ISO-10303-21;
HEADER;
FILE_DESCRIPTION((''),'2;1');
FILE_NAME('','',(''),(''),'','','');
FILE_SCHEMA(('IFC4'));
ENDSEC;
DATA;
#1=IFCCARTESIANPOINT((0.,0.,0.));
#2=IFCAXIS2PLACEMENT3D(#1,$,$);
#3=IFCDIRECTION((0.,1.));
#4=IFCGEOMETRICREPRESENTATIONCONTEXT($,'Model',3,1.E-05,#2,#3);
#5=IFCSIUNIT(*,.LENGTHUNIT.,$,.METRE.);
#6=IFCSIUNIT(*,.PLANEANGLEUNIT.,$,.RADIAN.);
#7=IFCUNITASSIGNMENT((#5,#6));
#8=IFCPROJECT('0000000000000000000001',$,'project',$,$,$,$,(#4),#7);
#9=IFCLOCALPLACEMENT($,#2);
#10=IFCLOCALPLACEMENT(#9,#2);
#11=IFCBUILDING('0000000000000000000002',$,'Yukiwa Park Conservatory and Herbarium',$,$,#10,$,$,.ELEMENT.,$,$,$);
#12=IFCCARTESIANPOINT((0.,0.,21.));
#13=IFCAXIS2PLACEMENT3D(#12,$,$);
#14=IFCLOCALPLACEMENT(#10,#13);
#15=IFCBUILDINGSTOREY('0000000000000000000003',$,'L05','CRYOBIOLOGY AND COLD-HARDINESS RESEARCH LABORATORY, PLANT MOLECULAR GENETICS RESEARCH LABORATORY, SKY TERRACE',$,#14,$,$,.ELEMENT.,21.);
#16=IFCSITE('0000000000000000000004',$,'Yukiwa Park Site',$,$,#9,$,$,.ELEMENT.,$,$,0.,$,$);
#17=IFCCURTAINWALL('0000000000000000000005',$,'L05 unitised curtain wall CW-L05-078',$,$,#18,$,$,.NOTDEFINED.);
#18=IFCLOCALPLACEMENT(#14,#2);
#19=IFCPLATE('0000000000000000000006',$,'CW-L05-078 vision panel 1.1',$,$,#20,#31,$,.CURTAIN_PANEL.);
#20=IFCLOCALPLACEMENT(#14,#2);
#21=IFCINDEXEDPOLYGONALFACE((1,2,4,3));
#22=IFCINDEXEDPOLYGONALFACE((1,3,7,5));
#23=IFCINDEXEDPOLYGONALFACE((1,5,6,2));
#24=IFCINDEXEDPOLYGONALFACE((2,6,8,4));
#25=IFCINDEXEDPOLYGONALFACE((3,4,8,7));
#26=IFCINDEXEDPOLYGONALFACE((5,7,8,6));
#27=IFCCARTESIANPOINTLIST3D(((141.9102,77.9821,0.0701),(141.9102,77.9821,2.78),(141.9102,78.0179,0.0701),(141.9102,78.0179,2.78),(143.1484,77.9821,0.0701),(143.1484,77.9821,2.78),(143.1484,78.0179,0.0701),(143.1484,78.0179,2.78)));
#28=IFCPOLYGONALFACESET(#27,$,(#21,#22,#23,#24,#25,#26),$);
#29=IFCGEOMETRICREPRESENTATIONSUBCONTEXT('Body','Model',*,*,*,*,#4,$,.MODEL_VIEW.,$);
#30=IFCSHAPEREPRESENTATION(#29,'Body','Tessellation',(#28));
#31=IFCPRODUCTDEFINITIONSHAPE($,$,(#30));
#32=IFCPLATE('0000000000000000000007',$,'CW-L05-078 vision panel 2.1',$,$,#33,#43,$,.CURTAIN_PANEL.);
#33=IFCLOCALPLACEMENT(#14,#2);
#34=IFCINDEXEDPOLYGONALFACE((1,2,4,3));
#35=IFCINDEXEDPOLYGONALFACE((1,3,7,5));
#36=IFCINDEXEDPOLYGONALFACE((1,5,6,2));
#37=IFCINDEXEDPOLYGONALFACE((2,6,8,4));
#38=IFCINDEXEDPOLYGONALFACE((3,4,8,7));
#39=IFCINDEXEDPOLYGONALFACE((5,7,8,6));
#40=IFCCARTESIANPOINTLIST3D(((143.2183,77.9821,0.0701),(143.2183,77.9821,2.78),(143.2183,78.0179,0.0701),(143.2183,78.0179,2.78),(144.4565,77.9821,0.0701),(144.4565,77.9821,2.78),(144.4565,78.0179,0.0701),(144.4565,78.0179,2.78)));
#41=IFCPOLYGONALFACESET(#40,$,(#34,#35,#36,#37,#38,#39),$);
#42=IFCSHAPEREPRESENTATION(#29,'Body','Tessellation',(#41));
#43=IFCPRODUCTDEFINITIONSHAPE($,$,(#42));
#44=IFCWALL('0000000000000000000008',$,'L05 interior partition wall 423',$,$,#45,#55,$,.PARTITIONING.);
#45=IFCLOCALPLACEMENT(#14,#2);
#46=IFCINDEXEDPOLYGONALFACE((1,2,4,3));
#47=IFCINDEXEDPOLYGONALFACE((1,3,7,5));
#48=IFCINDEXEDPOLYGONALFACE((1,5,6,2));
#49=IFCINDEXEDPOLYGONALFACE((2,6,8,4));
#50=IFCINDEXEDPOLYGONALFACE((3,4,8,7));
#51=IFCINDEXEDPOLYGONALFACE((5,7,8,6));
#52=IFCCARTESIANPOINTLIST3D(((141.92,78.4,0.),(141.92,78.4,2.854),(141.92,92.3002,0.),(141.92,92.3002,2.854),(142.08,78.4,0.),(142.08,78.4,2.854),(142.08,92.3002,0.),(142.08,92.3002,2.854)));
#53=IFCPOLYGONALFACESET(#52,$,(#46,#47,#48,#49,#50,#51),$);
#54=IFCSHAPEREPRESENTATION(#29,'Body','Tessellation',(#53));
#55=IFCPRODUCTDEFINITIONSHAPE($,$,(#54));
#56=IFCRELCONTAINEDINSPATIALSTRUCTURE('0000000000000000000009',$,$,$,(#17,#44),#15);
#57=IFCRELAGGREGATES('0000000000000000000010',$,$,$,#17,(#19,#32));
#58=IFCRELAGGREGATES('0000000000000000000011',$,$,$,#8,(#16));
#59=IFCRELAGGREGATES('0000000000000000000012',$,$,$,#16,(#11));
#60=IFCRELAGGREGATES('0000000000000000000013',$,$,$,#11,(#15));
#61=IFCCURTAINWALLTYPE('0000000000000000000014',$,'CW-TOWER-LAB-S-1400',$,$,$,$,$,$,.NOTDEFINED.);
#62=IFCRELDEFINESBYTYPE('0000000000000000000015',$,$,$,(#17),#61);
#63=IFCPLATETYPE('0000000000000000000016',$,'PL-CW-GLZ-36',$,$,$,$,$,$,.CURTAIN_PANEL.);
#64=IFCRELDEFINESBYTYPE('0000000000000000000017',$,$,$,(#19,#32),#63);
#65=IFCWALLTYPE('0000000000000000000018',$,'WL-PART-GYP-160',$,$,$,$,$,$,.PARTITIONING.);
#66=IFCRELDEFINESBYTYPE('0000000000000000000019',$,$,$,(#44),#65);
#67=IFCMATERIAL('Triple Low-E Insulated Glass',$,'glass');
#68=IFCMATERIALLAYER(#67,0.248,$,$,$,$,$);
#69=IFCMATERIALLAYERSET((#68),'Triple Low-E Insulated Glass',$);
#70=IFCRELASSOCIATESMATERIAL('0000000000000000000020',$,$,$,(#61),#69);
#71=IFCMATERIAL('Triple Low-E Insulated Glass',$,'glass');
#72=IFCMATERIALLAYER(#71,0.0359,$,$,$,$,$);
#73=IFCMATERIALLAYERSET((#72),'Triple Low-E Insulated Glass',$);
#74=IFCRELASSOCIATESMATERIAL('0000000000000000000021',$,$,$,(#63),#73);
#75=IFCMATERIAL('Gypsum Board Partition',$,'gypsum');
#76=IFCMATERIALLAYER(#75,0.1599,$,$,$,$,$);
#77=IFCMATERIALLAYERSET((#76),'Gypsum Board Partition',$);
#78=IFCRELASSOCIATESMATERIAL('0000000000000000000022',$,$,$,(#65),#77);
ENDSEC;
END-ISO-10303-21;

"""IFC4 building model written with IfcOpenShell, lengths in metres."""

from ifc_helpers import new_model, si_unit, direction, frame, frame_2d, origin, origin_2d, place, context, subcontext, project, spatial, rectangle, extrude, material, layer, layer_set, type_object, element, aggregate, save


model = new_model("IFC4")

# Units and contexts
model_context = context("Model", 3, precision=1e-05, world=origin(), true_north=direction((0.0, 1.0)))
body_context = subcontext(model_context, "Body", "Model", "MODEL_VIEW")
ifc_project = project(units=[si_unit("LENGTHUNIT", "METRE"), si_unit("PLANEANGLEUNIT", "RADIAN")], contexts=[model_context])

# Site, building, storey
site_placement = place(None, origin())
site = spatial("IfcSite", under=ifc_project, at=site_placement, Name="Yukiwa Park Site", CompositionType="ELEMENT", RefElevation=0.0)
building_placement = place(site_placement, origin())
building = spatial("IfcBuilding", under=site, at=building_placement, Name="Yukiwa Park Conservatory and Herbarium", CompositionType="ELEMENT")
storey_placement = place(building_placement, frame((0.0, 0.0, 21.0)))
storey = spatial("IfcBuildingStorey", under=building, at=storey_placement, Name="L05", Description="CRYOBIOLOGY AND COLD-HARDINESS RESEARCH LABORATORY, PLANT MOLECULAR GENETICS RESEARCH LABORATORY, SKY TERRACE", CompositionType="ELEMENT", Elevation=21.0)

# Curtain wall
ifc_material_1 = material(Name="Triple Low-E Insulated Glass", Category="glass")
ifc_layer_1 = layer(ifc_material_1, 0.248)
ifc_layer_set_1 = layer_set([ifc_layer_1], Name="Triple Low-E Insulated Glass")
curtain_wall_type = type_object("IfcCurtainWallType", Name="CW-TOWER-LAB-S-1400", PredefinedType="NOTDEFINED", material=ifc_layer_set_1)
curtain_wall_1_placement = place(storey_placement, origin())
curtain_wall_1 = element("IfcCurtainWall", 1, at=curtain_wall_1_placement, inside=storey, type_object=curtain_wall_type, Name="L05 unitised curtain wall CW-L05-078", PredefinedType="NOTDEFINED")

# Plates
ifc_material_2 = material(Name="Triple Low-E Insulated Glass", Category="glass")
ifc_layer_2 = layer(ifc_material_2, 0.0359)
ifc_layer_set_2 = layer_set([ifc_layer_2], Name="Triple Low-E Insulated Glass")
plate_type = type_object("IfcPlateType", Name="PL-CW-GLZ-36", PredefinedType="CURTAIN_PANEL", material=ifc_layer_set_2)
plate_1_placement = place(storey_placement, frame((142.5293, 78.0, 0.0701), z_axis=(0.0, 0.0, 1.0), x_axis=(1.0, 0.0, 0.0)))
plate_1 = element("IfcPlate", 2, at=plate_1_placement, type_object=plate_type, Name="CW-L05-078 vision panel 1.1", PredefinedType="CURTAIN_PANEL", context=body_context, shape_type="SweptSolid", body=[
    extrude(rectangle(XDim=1.2383, YDim=0.0359, at=origin_2d()), origin(), (0.0, 0.0, 1.0), 2.71),
])
plate_2_placement = place(storey_placement, frame((143.8374, 78.0, 0.0701), z_axis=(0.0, 0.0, 1.0), x_axis=(1.0, 0.0, 0.0)))
plate_2 = element("IfcPlate", 3, at=plate_2_placement, type_object=plate_type, Name="CW-L05-078 vision panel 2.1", PredefinedType="CURTAIN_PANEL", context=body_context, shape_type="SweptSolid", body=[
    extrude(rectangle(XDim=1.2383, YDim=0.0359, at=origin_2d()), origin(), (0.0, 0.0, 1.0), 2.71),
])
aggregate(curtain_wall_1, [plate_1, plate_2])

# Wall
ifc_material_3 = material(Name="Gypsum Board Partition", Category="gypsum")
ifc_layer_3 = layer(ifc_material_3, 0.1599)
ifc_layer_set_3 = layer_set([ifc_layer_3], Name="Gypsum Board Partition")
wall_type = type_object("IfcWallType", Name="WL-PART-GYP-160", PredefinedType="PARTITIONING", material=ifc_layer_set_3)
wall_placement = place(storey_placement, frame((142.0, 78.3999, 0.0), z_axis=(0.0, 0.0, 1.0), x_axis=(0.0, 1.0, 0.0)))
element("IfcWall", 4, at=wall_placement, inside=storey, type_object=wall_type, Name="L05 interior partition wall 423", PredefinedType="PARTITIONING", context=body_context, shape_type="SweptSolid", body=[
    extrude(rectangle(XDim=13.9001, YDim=0.1599, at=frame_2d((6.9502, 0.0))), origin(), (0.0, 0.0, 1.0), 2.854),
])

save(model, "model.ifc")
